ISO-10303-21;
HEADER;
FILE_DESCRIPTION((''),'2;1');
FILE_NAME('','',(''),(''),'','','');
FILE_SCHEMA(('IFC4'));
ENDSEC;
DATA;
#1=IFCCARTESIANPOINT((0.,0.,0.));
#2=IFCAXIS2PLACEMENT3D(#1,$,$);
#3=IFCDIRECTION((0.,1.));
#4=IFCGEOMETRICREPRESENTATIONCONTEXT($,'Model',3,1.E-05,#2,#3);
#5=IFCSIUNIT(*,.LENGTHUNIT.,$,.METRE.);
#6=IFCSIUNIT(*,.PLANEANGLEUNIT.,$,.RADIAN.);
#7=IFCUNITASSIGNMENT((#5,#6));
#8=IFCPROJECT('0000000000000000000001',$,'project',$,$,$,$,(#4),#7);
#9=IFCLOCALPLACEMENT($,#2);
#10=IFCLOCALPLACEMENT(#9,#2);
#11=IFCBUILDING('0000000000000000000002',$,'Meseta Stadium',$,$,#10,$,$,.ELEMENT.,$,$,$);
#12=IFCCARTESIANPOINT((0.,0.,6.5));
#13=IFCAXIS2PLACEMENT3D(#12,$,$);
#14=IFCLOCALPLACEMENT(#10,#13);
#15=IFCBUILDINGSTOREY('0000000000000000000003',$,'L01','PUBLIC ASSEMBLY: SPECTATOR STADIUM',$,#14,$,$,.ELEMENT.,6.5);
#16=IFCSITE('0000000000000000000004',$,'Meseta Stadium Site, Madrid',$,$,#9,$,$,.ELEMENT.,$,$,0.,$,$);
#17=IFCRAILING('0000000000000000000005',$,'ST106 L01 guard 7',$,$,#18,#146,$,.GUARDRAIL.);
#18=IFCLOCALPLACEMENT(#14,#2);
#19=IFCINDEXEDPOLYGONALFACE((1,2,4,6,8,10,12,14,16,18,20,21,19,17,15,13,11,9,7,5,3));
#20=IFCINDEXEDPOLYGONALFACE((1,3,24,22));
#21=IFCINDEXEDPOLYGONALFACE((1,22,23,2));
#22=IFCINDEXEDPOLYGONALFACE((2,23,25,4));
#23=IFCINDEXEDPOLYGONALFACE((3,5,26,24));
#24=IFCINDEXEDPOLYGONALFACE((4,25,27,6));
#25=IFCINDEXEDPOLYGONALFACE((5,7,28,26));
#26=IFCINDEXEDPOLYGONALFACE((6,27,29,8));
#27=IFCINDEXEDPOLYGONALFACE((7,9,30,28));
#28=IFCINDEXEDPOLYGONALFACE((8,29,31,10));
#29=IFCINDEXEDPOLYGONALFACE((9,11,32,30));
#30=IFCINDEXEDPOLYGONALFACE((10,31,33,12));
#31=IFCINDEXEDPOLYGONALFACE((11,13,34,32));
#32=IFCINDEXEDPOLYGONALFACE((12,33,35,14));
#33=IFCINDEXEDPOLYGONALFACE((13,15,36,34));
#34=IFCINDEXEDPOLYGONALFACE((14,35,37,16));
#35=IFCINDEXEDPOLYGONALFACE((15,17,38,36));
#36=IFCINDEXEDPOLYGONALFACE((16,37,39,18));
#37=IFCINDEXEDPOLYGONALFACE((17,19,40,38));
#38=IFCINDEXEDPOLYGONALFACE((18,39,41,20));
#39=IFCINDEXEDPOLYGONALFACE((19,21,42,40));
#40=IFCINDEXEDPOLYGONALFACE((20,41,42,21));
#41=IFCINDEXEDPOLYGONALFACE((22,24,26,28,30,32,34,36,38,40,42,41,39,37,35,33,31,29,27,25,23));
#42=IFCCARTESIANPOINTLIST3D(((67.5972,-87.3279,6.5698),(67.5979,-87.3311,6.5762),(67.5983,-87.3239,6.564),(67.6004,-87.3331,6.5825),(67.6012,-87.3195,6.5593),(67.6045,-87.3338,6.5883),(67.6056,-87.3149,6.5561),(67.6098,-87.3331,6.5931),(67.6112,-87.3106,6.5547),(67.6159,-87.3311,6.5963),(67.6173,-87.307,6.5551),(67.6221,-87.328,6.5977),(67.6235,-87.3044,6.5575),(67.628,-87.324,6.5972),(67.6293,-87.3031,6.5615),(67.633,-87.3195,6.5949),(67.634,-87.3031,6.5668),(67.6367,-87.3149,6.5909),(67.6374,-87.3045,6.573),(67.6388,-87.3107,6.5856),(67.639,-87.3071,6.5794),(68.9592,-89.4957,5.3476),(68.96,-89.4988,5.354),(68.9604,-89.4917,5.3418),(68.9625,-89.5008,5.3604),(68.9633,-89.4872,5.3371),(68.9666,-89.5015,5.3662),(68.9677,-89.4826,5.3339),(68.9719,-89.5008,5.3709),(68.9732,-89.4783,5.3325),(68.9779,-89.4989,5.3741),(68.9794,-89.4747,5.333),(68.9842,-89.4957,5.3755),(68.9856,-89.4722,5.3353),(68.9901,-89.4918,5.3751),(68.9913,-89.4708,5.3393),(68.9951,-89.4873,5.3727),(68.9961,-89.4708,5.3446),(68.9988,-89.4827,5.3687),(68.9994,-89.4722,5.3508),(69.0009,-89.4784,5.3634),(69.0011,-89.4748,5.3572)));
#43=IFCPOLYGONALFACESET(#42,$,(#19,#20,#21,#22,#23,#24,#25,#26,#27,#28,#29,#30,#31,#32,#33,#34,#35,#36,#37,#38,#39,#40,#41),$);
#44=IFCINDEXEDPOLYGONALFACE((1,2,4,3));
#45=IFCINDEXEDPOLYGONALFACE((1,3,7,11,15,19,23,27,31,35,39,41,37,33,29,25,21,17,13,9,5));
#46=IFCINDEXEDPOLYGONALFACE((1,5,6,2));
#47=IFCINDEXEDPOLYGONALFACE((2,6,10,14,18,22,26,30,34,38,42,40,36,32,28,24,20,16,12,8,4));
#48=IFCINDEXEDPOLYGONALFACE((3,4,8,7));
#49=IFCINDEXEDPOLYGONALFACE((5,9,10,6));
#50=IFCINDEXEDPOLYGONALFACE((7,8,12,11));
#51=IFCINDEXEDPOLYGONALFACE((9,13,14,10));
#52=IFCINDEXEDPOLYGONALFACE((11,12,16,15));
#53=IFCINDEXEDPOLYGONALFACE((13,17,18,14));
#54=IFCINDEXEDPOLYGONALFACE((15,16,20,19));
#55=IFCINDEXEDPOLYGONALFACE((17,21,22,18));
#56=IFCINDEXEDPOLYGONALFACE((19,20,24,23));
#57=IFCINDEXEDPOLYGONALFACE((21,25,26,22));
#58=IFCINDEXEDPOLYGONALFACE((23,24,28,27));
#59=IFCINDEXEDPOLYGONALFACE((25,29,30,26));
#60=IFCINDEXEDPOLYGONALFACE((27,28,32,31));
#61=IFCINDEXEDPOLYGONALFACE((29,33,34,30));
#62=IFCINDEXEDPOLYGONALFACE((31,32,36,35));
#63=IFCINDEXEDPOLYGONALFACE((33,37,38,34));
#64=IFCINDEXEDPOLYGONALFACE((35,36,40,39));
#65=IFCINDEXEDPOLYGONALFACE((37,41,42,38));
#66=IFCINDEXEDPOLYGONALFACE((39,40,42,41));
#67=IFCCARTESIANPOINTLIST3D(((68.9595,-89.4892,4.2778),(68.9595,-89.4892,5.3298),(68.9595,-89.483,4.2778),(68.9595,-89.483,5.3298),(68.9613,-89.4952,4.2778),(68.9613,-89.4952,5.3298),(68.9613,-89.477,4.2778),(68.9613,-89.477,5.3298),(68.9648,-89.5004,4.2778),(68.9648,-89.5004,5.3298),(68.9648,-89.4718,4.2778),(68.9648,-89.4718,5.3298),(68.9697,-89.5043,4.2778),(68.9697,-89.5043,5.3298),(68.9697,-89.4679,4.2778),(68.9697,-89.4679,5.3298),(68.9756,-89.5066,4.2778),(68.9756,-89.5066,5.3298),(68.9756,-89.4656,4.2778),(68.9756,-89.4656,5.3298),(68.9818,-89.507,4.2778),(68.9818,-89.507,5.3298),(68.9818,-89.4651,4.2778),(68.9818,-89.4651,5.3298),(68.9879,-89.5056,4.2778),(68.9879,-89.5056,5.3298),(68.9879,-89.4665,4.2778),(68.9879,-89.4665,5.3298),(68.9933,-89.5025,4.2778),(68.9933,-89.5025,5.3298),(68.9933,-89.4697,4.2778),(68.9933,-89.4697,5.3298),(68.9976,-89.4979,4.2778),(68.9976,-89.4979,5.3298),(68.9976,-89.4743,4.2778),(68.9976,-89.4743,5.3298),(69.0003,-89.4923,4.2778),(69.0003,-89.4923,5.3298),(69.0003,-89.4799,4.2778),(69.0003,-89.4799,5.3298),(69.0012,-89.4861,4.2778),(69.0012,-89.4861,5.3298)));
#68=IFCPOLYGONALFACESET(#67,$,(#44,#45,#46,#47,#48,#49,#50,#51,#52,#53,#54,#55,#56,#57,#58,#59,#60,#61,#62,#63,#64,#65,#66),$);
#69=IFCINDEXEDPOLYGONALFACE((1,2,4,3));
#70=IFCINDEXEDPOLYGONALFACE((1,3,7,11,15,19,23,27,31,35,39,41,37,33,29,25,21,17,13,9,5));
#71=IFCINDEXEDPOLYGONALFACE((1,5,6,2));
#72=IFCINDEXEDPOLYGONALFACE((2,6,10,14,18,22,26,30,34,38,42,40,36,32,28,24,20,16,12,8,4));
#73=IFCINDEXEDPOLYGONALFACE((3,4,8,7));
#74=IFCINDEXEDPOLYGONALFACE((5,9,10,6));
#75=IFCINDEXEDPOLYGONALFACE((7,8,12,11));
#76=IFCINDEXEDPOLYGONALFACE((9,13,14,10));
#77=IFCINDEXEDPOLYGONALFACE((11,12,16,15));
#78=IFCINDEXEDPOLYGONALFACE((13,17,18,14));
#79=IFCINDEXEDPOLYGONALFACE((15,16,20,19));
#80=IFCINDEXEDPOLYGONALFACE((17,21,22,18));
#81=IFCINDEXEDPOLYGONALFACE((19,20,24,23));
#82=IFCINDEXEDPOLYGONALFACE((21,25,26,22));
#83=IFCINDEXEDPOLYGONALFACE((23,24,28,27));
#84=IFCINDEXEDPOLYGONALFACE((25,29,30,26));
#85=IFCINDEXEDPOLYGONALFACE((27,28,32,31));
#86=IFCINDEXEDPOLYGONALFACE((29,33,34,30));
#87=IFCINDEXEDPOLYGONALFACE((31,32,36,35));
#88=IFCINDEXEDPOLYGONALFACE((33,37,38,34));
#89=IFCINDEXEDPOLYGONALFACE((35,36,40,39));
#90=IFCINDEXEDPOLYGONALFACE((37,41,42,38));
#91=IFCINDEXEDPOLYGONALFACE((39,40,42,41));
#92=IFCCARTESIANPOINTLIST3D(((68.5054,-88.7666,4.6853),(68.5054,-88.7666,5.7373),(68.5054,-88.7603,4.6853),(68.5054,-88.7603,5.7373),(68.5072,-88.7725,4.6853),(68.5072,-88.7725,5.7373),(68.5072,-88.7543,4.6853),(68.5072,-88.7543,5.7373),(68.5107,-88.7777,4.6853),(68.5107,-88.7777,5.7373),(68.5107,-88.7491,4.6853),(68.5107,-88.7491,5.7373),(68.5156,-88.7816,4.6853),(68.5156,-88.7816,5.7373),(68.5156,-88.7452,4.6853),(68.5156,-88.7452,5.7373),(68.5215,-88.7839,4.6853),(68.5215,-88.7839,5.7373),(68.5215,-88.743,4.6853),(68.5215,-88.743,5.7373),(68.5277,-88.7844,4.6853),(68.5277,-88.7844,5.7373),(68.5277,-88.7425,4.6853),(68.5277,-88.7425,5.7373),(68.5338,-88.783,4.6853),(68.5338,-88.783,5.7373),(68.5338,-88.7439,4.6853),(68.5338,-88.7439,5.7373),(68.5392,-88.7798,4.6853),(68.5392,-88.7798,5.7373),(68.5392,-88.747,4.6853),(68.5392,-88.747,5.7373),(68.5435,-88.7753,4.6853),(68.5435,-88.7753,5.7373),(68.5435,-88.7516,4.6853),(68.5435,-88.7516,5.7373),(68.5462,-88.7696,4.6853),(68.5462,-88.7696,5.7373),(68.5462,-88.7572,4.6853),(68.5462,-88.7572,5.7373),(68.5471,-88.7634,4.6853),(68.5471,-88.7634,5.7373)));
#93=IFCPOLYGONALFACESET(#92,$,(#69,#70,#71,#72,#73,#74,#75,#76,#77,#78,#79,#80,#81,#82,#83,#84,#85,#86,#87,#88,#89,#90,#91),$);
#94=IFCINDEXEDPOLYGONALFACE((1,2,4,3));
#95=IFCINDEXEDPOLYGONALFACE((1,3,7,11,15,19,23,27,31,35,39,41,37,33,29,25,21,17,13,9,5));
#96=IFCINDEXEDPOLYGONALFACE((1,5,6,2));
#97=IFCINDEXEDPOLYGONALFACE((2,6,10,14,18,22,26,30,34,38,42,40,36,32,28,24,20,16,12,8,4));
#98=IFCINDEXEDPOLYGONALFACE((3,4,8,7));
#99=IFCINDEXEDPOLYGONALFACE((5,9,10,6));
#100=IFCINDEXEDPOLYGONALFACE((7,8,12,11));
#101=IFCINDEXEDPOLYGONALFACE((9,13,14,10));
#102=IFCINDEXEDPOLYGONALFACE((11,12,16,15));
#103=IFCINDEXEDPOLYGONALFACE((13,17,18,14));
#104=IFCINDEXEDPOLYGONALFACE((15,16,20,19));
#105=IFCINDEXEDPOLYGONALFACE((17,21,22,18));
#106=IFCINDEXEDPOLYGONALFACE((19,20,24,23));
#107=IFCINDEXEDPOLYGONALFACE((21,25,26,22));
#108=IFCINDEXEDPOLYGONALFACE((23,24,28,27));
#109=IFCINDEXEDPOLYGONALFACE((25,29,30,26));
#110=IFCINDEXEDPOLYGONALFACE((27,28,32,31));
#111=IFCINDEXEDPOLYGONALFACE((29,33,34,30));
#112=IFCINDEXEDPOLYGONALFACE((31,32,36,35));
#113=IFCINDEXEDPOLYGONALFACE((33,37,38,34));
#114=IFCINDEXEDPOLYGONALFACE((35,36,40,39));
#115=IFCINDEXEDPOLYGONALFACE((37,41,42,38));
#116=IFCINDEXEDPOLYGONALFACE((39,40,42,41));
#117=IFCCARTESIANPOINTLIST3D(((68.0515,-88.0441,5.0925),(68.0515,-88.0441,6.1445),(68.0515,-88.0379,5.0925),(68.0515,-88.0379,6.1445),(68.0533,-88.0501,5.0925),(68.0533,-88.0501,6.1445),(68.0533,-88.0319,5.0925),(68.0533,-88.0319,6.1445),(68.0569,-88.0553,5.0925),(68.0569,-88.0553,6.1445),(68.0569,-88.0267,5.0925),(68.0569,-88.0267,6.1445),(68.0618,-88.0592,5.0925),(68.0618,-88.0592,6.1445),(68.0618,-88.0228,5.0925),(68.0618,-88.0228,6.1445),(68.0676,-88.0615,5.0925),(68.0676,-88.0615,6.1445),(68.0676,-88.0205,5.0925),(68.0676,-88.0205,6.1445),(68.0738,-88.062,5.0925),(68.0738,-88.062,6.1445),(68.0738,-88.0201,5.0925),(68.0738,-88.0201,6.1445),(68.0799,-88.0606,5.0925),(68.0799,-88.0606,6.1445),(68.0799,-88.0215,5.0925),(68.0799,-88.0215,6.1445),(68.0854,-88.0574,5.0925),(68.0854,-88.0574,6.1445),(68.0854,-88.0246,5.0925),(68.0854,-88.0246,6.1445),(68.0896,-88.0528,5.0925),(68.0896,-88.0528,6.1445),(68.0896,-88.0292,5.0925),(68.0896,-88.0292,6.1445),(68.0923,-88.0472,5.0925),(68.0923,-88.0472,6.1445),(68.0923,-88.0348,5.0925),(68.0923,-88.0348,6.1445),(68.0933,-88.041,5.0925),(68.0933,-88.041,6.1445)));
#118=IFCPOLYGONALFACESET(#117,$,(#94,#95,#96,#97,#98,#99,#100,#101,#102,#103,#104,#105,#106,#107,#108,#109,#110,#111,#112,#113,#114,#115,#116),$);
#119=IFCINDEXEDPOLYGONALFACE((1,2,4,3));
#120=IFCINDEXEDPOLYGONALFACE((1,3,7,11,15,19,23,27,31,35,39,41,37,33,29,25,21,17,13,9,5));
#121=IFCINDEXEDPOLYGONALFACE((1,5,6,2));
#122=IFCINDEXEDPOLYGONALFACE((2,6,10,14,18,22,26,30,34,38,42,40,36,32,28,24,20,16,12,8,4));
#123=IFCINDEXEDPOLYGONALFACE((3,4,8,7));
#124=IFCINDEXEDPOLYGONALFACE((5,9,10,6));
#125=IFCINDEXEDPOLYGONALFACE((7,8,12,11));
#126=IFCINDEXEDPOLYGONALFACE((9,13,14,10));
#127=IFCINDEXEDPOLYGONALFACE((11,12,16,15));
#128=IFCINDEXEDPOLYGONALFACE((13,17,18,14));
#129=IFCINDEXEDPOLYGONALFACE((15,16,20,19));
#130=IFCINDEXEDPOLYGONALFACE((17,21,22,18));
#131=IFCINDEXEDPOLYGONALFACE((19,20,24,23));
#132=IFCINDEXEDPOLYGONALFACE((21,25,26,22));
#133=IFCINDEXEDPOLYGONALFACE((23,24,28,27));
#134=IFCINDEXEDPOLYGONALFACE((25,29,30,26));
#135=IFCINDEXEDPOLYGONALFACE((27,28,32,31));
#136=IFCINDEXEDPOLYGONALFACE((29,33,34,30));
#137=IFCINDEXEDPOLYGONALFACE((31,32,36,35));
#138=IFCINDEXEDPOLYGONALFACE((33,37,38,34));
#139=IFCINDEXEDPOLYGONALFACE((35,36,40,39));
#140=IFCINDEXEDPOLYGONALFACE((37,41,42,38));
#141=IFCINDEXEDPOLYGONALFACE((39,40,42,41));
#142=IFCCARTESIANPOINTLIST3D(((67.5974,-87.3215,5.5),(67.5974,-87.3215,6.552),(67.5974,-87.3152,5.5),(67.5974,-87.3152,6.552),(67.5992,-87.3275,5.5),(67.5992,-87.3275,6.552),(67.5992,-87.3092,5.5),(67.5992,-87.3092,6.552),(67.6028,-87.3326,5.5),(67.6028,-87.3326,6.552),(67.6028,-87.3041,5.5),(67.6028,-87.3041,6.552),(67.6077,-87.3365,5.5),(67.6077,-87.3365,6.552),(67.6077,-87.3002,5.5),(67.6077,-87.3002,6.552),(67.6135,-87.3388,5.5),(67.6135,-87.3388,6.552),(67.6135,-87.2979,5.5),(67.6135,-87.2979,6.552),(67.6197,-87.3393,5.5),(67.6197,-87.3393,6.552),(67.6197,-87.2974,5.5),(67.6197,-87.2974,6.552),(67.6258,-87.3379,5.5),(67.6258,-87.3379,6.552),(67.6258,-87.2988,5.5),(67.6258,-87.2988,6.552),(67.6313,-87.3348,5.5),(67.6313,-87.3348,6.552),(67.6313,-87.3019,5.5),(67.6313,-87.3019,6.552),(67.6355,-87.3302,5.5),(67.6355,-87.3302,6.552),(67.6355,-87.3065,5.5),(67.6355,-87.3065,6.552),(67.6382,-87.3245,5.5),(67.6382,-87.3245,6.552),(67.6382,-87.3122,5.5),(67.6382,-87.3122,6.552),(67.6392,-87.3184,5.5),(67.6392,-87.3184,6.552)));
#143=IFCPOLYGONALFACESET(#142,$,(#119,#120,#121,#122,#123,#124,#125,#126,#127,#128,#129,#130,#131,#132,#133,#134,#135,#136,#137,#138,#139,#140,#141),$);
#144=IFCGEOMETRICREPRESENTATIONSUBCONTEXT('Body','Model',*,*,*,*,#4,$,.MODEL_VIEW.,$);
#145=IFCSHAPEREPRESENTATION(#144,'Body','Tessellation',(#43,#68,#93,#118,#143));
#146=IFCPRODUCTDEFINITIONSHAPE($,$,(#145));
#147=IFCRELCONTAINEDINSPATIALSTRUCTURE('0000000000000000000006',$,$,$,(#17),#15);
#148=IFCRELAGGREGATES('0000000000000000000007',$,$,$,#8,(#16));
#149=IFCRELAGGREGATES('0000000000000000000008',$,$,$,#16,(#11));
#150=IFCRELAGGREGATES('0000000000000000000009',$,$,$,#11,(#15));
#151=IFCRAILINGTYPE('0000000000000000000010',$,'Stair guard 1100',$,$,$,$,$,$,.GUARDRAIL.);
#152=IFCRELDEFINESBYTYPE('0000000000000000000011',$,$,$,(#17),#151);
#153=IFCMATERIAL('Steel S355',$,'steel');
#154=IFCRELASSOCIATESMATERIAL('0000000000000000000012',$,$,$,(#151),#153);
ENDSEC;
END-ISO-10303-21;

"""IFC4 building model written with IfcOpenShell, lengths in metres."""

from ifc_helpers import new_model, si_unit, direction, frame, origin, origin_2d, place, context, subcontext, project, spatial, circle, extrude, material, type_object, element, save


model = new_model("IFC4")

# Units and contexts
model_context = context("Model", 3, precision=1e-05, world=origin(), true_north=direction((0.0, 1.0)))
body_context = subcontext(model_context, "Body", "Model", "MODEL_VIEW")
ifc_project = project(units=[si_unit("LENGTHUNIT", "METRE"), si_unit("PLANEANGLEUNIT", "RADIAN")], contexts=[model_context])

# Site, building, storey
site_placement = place(None, origin())
site = spatial("IfcSite", under=ifc_project, at=site_placement, Name="Meseta Stadium Site, Madrid", CompositionType="ELEMENT", RefElevation=0.0)
building_placement = place(site_placement, origin())
building = spatial("IfcBuilding", under=site, at=building_placement, Name="Meseta Stadium", CompositionType="ELEMENT")
storey_placement = place(building_placement, frame((0.0, 0.0, 6.5)))
storey = spatial("IfcBuildingStorey", under=building, at=storey_placement, Name="L01", Description="PUBLIC ASSEMBLY: SPECTATOR STADIUM", CompositionType="ELEMENT", Elevation=6.5)

# Railing
ifc_material_1 = material(Name="Steel S355", Category="steel")
railing_type_1 = type_object("IfcRailingType", Name="Stair guard 1100", PredefinedType="GUARDRAIL", material=ifc_material_1)
railing_1_placement = place(storey_placement, frame((68.9802, -89.4861, 4.2778)))
element("IfcRailing", 1, at=railing_1_placement, inside=storey, type_object=railing_type_1, Name="ST106 L01 guard 7", PredefinedType="GUARDRAIL", context=body_context, shape_type="SweptSolid", body=[
    extrude(circle(Radius=0.0239, at=origin_2d()), frame((0.0, 0.0, 1.0762), z_axis=(-0.480125, 0.764121, 0.430813), x_axis=(-0.846726, -0.532029, 0.0)), (0.0, 0.0, 1.0), 2.8369),
    extrude(circle(Radius=0.021, at=origin_2d()), origin(), (0.0, 0.0, 1.0), 1.052),
    extrude(circle(Radius=0.021, at=origin_2d()), frame((-0.4541, 0.7227, 0.4075)), (0.0, 0.0, 1.0), 1.052),
    extrude(circle(Radius=0.021, at=origin_2d()), frame((-0.908, 1.4451, 0.8147)), (0.0, 0.0, 1.0), 1.052),
    extrude(circle(Radius=0.021, at=origin_2d()), frame((-1.3621, 2.1677, 1.2222)), (0.0, 0.0, 1.0), 1.052),
])

save(model, "model.ifc")
